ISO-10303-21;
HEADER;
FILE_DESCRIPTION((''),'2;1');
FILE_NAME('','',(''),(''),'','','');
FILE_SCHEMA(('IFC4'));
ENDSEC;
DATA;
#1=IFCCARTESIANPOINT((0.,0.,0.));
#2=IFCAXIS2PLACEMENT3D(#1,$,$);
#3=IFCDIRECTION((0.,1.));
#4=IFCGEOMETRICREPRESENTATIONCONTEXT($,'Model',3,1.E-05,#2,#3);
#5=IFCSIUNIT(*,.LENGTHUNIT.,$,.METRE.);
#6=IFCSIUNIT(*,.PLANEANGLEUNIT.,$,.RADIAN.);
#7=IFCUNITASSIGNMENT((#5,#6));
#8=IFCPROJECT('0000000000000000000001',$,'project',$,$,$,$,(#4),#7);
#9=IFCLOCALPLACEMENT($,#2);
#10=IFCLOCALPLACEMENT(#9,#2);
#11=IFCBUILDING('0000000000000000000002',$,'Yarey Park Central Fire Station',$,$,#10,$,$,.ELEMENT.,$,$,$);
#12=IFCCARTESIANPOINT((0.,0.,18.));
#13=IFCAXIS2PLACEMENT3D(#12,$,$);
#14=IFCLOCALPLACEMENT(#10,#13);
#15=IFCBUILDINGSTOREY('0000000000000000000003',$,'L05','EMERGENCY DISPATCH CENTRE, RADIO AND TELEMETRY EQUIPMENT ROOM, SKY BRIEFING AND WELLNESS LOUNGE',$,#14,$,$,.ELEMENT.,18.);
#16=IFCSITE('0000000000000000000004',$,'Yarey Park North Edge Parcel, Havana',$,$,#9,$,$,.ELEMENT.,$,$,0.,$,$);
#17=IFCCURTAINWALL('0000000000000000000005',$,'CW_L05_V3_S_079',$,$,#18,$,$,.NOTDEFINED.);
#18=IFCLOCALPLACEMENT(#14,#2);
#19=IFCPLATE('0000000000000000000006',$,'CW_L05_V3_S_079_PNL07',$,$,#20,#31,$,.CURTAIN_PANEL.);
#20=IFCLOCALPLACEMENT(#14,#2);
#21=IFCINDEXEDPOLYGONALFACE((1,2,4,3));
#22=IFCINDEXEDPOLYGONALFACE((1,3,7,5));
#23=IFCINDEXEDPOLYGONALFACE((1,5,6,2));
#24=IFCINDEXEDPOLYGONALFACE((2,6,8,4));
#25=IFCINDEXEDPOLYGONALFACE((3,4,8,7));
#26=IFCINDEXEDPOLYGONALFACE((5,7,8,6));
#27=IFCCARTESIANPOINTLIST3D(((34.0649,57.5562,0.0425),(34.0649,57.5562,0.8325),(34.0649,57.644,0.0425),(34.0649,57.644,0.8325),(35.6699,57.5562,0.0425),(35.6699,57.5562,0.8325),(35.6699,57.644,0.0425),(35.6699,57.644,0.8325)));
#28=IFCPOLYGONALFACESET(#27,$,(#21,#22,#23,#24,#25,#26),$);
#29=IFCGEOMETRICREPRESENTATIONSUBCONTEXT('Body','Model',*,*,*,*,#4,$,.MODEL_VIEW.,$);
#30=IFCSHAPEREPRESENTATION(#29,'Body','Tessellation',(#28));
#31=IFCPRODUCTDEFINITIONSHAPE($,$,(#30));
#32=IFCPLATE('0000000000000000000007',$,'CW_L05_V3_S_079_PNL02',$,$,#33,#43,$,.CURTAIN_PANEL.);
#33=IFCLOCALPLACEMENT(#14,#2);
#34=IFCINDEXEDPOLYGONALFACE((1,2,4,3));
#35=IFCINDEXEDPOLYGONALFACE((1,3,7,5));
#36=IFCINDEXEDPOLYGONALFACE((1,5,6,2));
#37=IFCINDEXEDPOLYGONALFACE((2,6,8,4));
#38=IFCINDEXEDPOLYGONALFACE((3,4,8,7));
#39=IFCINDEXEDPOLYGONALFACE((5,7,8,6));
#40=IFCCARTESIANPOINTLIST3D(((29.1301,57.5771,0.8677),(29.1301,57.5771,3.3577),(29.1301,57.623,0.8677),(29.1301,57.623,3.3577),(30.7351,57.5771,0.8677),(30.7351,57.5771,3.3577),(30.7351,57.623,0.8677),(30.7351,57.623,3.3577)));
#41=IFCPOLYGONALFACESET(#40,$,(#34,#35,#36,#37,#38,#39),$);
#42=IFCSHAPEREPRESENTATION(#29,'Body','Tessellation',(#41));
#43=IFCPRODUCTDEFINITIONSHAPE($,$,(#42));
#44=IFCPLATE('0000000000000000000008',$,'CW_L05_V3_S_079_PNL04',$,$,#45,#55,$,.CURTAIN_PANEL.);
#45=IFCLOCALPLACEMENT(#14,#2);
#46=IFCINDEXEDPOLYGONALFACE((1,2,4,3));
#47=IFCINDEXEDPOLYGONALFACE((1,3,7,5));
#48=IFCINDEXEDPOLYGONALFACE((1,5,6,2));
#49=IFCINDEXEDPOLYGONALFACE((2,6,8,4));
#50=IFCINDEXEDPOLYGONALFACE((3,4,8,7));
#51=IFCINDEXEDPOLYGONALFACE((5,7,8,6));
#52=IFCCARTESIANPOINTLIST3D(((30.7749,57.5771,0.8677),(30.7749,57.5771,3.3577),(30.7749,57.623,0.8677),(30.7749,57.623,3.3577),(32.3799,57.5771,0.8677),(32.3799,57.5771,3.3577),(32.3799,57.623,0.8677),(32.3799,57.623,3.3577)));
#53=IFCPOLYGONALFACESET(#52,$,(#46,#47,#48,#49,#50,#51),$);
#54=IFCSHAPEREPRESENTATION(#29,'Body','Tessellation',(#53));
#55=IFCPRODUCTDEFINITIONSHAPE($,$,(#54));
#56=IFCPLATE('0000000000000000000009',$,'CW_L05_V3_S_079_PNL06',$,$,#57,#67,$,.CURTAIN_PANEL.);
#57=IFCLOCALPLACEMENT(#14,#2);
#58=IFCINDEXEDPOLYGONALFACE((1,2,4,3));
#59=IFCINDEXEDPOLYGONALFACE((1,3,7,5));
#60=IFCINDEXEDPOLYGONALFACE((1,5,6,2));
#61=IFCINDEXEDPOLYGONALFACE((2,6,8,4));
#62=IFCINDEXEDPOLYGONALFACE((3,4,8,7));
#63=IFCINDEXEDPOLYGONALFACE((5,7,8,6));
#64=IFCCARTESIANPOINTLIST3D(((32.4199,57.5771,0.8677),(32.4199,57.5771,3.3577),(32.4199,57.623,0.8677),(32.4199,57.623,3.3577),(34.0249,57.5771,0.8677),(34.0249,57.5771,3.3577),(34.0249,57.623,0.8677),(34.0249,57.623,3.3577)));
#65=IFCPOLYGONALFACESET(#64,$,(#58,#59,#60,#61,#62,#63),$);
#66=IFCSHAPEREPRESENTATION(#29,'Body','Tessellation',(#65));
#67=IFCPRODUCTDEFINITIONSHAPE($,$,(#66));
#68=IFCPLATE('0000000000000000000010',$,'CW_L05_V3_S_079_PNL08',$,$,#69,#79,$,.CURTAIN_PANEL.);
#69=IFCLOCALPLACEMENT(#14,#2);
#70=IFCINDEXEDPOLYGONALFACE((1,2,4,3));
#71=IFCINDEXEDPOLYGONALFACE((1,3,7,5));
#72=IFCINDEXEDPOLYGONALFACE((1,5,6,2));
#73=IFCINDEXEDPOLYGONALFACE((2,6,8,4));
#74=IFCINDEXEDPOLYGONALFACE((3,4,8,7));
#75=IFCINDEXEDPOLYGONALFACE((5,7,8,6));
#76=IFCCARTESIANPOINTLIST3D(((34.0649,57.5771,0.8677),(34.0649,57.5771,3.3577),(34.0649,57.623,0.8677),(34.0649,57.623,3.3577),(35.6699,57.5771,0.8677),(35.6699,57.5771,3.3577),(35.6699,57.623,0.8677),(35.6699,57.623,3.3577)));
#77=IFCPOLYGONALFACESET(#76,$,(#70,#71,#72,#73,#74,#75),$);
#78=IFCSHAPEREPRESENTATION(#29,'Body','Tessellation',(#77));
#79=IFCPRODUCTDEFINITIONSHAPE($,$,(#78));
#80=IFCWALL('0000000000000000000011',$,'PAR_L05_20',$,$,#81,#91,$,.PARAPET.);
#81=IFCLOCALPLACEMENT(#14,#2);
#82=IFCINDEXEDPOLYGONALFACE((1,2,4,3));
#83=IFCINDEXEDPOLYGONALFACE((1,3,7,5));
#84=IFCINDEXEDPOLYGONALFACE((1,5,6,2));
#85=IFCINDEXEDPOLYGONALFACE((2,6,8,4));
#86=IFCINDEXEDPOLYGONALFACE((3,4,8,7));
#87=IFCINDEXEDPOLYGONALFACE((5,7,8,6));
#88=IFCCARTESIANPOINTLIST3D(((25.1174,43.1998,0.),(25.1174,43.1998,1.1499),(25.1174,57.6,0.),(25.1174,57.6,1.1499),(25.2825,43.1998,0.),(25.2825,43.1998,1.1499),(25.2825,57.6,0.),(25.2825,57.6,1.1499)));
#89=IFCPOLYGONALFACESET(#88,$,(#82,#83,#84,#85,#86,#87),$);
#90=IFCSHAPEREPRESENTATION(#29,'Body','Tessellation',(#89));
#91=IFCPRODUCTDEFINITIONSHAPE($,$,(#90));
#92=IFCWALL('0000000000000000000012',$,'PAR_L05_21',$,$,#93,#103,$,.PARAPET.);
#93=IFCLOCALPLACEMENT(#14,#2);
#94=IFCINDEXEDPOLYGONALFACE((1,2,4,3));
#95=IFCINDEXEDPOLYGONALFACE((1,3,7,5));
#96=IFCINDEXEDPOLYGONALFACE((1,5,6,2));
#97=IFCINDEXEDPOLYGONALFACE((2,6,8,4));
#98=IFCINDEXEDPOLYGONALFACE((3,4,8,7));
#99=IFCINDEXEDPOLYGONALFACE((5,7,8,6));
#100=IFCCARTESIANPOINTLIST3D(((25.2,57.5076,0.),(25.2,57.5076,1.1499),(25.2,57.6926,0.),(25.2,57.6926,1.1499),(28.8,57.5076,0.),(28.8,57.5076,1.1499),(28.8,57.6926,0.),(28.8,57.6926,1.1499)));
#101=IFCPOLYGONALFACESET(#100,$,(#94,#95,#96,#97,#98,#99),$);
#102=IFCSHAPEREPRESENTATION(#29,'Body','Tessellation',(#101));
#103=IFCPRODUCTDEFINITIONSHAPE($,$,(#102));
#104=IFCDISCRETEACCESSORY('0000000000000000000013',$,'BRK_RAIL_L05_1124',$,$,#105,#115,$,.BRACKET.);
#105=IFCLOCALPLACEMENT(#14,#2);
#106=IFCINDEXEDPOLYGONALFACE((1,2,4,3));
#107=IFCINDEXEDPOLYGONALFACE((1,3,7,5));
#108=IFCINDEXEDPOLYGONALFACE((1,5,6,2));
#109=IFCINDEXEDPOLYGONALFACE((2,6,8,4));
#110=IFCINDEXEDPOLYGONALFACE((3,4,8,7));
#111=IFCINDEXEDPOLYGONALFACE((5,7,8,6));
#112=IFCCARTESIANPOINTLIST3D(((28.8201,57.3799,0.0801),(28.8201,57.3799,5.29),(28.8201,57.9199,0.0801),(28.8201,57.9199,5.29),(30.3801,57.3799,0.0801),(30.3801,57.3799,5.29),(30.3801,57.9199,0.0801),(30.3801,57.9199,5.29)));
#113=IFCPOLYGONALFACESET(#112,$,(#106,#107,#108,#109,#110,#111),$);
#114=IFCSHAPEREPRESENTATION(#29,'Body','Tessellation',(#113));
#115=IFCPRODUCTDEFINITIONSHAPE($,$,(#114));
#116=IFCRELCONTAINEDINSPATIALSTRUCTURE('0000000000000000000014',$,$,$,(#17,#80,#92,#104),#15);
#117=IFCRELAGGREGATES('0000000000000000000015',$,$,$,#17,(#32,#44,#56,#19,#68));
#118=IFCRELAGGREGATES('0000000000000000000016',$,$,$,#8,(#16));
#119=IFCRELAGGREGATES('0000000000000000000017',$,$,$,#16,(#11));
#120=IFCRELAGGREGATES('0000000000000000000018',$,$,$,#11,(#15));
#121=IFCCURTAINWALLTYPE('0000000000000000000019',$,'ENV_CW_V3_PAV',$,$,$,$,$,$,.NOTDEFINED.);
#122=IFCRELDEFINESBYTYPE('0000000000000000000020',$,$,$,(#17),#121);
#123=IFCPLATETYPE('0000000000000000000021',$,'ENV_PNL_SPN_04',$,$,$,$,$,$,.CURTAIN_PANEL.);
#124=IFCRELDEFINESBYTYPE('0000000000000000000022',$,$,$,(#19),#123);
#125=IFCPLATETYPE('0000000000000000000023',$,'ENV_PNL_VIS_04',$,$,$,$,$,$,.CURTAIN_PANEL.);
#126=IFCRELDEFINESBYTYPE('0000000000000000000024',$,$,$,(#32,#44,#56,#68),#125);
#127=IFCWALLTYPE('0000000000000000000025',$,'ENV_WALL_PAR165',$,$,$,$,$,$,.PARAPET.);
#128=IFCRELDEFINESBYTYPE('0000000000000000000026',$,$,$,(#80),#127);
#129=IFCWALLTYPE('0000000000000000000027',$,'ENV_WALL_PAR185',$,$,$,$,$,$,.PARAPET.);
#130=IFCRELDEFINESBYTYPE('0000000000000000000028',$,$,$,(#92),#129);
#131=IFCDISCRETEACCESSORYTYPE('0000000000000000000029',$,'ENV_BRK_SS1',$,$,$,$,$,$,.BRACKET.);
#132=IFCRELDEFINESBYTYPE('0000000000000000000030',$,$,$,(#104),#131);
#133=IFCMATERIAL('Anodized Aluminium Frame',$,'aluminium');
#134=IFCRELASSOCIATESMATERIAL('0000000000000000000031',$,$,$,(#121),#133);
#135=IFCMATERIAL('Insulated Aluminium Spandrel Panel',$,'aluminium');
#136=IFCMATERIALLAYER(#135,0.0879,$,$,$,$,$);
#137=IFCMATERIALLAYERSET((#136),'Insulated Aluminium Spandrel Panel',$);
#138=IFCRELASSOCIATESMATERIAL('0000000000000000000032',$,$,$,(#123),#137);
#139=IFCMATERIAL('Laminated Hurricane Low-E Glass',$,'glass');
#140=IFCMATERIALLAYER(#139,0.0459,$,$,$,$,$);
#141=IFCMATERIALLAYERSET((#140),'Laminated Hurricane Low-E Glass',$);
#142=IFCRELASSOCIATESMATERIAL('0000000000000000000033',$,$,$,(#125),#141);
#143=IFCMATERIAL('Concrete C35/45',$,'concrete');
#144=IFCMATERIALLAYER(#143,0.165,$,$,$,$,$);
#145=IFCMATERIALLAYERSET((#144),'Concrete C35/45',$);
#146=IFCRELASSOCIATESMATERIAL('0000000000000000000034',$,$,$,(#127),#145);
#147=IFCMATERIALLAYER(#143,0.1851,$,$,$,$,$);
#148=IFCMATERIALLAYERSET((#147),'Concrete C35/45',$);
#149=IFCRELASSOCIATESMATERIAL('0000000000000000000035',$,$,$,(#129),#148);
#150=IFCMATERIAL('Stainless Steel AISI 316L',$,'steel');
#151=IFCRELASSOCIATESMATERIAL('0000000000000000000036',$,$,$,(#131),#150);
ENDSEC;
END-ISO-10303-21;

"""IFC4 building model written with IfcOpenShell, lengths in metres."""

from ifc_helpers import new_model, si_unit, direction, frame, frame_2d, origin, origin_2d, place, context, subcontext, project, spatial, rectangle, extrude, material, layer, layer_set, type_object, element, aggregate, save


model = new_model("IFC4")

# Units and contexts
model_context = context("Model", 3, precision=1e-05, world=origin(), true_north=direction((0.0, 1.0)))
body_context = subcontext(model_context, "Body", "Model", "MODEL_VIEW")
ifc_project = project(units=[si_unit("LENGTHUNIT", "METRE"), si_unit("PLANEANGLEUNIT", "RADIAN")], contexts=[model_context])

# Site, building, storey
site_placement = place(None, origin())
site = spatial("IfcSite", under=ifc_project, at=site_placement, Name="Yarey Park North Edge Parcel, Havana", CompositionType="ELEMENT", RefElevation=0.0)
building_placement = place(site_placement, origin())
building = spatial("IfcBuilding", under=site, at=building_placement, Name="Yarey Park Central Fire Station", CompositionType="ELEMENT")
storey_placement = place(building_placement, frame((0.0, 0.0, 18.0)))
storey = spatial("IfcBuildingStorey", under=building, at=storey_placement, Name="L05", Description="EMERGENCY DISPATCH CENTRE, RADIO AND TELEMETRY EQUIPMENT ROOM, SKY BRIEFING AND WELLNESS LOUNGE", CompositionType="ELEMENT", Elevation=18.0)

# Curtain wall
ifc_material_1 = material(Name="Anodized Aluminium Frame", Category="aluminium")
curtain_wall_type = type_object("IfcCurtainWallType", Name="ENV_CW_V3_PAV", PredefinedType="NOTDEFINED", material=ifc_material_1)
curtain_wall_placement = place(storey_placement, origin())
curtain_wall = element("IfcCurtainWall", 1, at=curtain_wall_placement, inside=storey, type_object=curtain_wall_type, Name="CW_L05_V3_S_079", PredefinedType="NOTDEFINED")

# Plates
ifc_material_2 = material(Name="Insulated Aluminium Spandrel Panel", Category="aluminium")
ifc_layer_1 = layer(ifc_material_2, 0.0879)
ifc_layer_set_1 = layer_set([ifc_layer_1], Name="Insulated Aluminium Spandrel Panel")
plate_type_1 = type_object("IfcPlateType", Name="ENV_PNL_SPN_04", PredefinedType="CURTAIN_PANEL", material=ifc_layer_set_1)
plate_1_placement = place(storey_placement, frame((34.8674, 57.6001, 0.0425), z_axis=(0.0, 0.0, 1.0), x_axis=(1.0, 0.0, 0.0)))
plate_1 = element("IfcPlate", 2, at=plate_1_placement, type_object=plate_type_1, Name="CW_L05_V3_S_079_PNL07", PredefinedType="CURTAIN_PANEL", context=body_context, shape_type="SweptSolid", body=[
    extrude(rectangle(XDim=1.605, YDim=0.0879, at=origin_2d()), origin(), (0.0, 0.0, 1.0), 0.79),
])
ifc_material_3 = material(Name="Laminated Hurricane Low-E Glass", Category="glass")
ifc_layer_2 = layer(ifc_material_3, 0.0459)
ifc_layer_set_2 = layer_set([ifc_layer_2], Name="Laminated Hurricane Low-E Glass")
plate_type_2 = type_object("IfcPlateType", Name="ENV_PNL_VIS_04", PredefinedType="CURTAIN_PANEL", material=ifc_layer_set_2)
plate_2_placement = place(storey_placement, frame((29.9326, 57.6001, 0.8677), z_axis=(0.0, 0.0, 1.0), x_axis=(1.0, 0.0, 0.0)))
plate_2 = element("IfcPlate", 3, at=plate_2_placement, type_object=plate_type_2, Name="CW_L05_V3_S_079_PNL02", PredefinedType="CURTAIN_PANEL", context=body_context, shape_type="SweptSolid", body=[
    extrude(rectangle(XDim=1.605, YDim=0.0459, at=origin_2d()), origin(), (0.0, 0.0, 1.0), 2.49),
])
plate_3_placement = place(storey_placement, frame((31.5774, 57.6001, 0.8677), z_axis=(0.0, 0.0, 1.0), x_axis=(1.0, 0.0, 0.0)))
plate_3 = element("IfcPlate", 4, at=plate_3_placement, type_object=plate_type_2, Name="CW_L05_V3_S_079_PNL04", PredefinedType="CURTAIN_PANEL", context=body_context, shape_type="SweptSolid", body=[
    extrude(rectangle(XDim=1.605, YDim=0.0459, at=origin_2d()), origin(), (0.0, 0.0, 1.0), 2.49),
])
plate_4_placement = place(storey_placement, frame((33.2224, 57.6001, 0.8677), z_axis=(0.0, 0.0, 1.0), x_axis=(1.0, 0.0, 0.0)))
plate_4 = element("IfcPlate", 5, at=plate_4_placement, type_object=plate_type_2, Name="CW_L05_V3_S_079_PNL06", PredefinedType="CURTAIN_PANEL", context=body_context, shape_type="SweptSolid", body=[
    extrude(rectangle(XDim=1.605, YDim=0.0459, at=origin_2d()), origin(), (0.0, 0.0, 1.0), 2.49),
])
plate_5_placement = place(storey_placement, frame((34.8674, 57.6001, 0.8677), z_axis=(0.0, 0.0, 1.0), x_axis=(1.0, 0.0, 0.0)))
plate_5 = element("IfcPlate", 6, at=plate_5_placement, type_object=plate_type_2, Name="CW_L05_V3_S_079_PNL08", PredefinedType="CURTAIN_PANEL", context=body_context, shape_type="SweptSolid", body=[
    extrude(rectangle(XDim=1.605, YDim=0.0459, at=origin_2d()), origin(), (0.0, 0.0, 1.0), 2.49),
])
aggregate(curtain_wall, [plate_2, plate_3, plate_4, plate_1, plate_5])

# Walls
ifc_material_4 = material(Name="Concrete C35/45", Category="concrete")
ifc_layer_3 = layer(ifc_material_4, 0.165)
ifc_layer_set_3 = layer_set([ifc_layer_3], Name="Concrete C35/45")
wall_type_1 = type_object("IfcWallType", Name="ENV_WALL_PAR165", PredefinedType="PARAPET", material=ifc_layer_set_3)
wall_1_placement = place(storey_placement, frame((25.2, 57.6001, 0.0), z_axis=(0.0, 0.0, 1.0), x_axis=(0.0, -1.0, 0.0)))
element("IfcWall", 7, at=wall_1_placement, inside=storey, type_object=wall_type_1, Name="PAR_L05_20", PredefinedType="PARAPET", context=body_context, shape_type="SweptSolid", body=[
    extrude(rectangle(XDim=14.4001, YDim=0.165, at=frame_2d((7.2002, 0.0))), origin(), (0.0, 0.0, 1.0), 1.1499),
])
ifc_layer_4 = layer(ifc_material_4, 0.1851)
ifc_layer_set_4 = layer_set([ifc_layer_4], Name="Concrete C35/45")
wall_type_2 = type_object("IfcWallType", Name="ENV_WALL_PAR185", PredefinedType="PARAPET", material=ifc_layer_set_4)
wall_2_placement = place(storey_placement, frame((28.8, 57.6001, 0.0), z_axis=(0.0, 0.0, 1.0), x_axis=(-1.0, 0.0, 0.0)))
element("IfcWall", 8, at=wall_2_placement, inside=storey, type_object=wall_type_2, Name="PAR_L05_21", PredefinedType="PARAPET", context=body_context, shape_type="SweptSolid", body=[
    extrude(rectangle(XDim=3.6001, YDim=0.1851, at=frame_2d((1.8, 0.0))), origin(), (0.0, 0.0, 1.0), 1.1499),
])

# Discrete accessory
ifc_material_5 = material(Name="Stainless Steel AISI 316L", Category="steel")
discrete_accessory_type = type_object("IfcDiscreteAccessoryType", Name="ENV_BRK_SS1", PredefinedType="BRACKET", material=ifc_material_5)
discrete_accessory_placement = place(storey_placement, frame((29.6001, 57.6499, 0.0801), z_axis=(0.0, 0.0, 1.0), x_axis=(1.0, 0.0, 0.0)))
element("IfcDiscreteAccessory", 9, at=discrete_accessory_placement, inside=storey, type_object=discrete_accessory_type, Name="BRK_RAIL_L05_1124", PredefinedType="BRACKET", context=body_context, shape_type="SweptSolid", body=[
    extrude(rectangle(XDim=1.5601, YDim=0.54, at=origin_2d()), origin(), (0.0, 0.0, 1.0), 5.21),
])

save(model, "model.ifc")
